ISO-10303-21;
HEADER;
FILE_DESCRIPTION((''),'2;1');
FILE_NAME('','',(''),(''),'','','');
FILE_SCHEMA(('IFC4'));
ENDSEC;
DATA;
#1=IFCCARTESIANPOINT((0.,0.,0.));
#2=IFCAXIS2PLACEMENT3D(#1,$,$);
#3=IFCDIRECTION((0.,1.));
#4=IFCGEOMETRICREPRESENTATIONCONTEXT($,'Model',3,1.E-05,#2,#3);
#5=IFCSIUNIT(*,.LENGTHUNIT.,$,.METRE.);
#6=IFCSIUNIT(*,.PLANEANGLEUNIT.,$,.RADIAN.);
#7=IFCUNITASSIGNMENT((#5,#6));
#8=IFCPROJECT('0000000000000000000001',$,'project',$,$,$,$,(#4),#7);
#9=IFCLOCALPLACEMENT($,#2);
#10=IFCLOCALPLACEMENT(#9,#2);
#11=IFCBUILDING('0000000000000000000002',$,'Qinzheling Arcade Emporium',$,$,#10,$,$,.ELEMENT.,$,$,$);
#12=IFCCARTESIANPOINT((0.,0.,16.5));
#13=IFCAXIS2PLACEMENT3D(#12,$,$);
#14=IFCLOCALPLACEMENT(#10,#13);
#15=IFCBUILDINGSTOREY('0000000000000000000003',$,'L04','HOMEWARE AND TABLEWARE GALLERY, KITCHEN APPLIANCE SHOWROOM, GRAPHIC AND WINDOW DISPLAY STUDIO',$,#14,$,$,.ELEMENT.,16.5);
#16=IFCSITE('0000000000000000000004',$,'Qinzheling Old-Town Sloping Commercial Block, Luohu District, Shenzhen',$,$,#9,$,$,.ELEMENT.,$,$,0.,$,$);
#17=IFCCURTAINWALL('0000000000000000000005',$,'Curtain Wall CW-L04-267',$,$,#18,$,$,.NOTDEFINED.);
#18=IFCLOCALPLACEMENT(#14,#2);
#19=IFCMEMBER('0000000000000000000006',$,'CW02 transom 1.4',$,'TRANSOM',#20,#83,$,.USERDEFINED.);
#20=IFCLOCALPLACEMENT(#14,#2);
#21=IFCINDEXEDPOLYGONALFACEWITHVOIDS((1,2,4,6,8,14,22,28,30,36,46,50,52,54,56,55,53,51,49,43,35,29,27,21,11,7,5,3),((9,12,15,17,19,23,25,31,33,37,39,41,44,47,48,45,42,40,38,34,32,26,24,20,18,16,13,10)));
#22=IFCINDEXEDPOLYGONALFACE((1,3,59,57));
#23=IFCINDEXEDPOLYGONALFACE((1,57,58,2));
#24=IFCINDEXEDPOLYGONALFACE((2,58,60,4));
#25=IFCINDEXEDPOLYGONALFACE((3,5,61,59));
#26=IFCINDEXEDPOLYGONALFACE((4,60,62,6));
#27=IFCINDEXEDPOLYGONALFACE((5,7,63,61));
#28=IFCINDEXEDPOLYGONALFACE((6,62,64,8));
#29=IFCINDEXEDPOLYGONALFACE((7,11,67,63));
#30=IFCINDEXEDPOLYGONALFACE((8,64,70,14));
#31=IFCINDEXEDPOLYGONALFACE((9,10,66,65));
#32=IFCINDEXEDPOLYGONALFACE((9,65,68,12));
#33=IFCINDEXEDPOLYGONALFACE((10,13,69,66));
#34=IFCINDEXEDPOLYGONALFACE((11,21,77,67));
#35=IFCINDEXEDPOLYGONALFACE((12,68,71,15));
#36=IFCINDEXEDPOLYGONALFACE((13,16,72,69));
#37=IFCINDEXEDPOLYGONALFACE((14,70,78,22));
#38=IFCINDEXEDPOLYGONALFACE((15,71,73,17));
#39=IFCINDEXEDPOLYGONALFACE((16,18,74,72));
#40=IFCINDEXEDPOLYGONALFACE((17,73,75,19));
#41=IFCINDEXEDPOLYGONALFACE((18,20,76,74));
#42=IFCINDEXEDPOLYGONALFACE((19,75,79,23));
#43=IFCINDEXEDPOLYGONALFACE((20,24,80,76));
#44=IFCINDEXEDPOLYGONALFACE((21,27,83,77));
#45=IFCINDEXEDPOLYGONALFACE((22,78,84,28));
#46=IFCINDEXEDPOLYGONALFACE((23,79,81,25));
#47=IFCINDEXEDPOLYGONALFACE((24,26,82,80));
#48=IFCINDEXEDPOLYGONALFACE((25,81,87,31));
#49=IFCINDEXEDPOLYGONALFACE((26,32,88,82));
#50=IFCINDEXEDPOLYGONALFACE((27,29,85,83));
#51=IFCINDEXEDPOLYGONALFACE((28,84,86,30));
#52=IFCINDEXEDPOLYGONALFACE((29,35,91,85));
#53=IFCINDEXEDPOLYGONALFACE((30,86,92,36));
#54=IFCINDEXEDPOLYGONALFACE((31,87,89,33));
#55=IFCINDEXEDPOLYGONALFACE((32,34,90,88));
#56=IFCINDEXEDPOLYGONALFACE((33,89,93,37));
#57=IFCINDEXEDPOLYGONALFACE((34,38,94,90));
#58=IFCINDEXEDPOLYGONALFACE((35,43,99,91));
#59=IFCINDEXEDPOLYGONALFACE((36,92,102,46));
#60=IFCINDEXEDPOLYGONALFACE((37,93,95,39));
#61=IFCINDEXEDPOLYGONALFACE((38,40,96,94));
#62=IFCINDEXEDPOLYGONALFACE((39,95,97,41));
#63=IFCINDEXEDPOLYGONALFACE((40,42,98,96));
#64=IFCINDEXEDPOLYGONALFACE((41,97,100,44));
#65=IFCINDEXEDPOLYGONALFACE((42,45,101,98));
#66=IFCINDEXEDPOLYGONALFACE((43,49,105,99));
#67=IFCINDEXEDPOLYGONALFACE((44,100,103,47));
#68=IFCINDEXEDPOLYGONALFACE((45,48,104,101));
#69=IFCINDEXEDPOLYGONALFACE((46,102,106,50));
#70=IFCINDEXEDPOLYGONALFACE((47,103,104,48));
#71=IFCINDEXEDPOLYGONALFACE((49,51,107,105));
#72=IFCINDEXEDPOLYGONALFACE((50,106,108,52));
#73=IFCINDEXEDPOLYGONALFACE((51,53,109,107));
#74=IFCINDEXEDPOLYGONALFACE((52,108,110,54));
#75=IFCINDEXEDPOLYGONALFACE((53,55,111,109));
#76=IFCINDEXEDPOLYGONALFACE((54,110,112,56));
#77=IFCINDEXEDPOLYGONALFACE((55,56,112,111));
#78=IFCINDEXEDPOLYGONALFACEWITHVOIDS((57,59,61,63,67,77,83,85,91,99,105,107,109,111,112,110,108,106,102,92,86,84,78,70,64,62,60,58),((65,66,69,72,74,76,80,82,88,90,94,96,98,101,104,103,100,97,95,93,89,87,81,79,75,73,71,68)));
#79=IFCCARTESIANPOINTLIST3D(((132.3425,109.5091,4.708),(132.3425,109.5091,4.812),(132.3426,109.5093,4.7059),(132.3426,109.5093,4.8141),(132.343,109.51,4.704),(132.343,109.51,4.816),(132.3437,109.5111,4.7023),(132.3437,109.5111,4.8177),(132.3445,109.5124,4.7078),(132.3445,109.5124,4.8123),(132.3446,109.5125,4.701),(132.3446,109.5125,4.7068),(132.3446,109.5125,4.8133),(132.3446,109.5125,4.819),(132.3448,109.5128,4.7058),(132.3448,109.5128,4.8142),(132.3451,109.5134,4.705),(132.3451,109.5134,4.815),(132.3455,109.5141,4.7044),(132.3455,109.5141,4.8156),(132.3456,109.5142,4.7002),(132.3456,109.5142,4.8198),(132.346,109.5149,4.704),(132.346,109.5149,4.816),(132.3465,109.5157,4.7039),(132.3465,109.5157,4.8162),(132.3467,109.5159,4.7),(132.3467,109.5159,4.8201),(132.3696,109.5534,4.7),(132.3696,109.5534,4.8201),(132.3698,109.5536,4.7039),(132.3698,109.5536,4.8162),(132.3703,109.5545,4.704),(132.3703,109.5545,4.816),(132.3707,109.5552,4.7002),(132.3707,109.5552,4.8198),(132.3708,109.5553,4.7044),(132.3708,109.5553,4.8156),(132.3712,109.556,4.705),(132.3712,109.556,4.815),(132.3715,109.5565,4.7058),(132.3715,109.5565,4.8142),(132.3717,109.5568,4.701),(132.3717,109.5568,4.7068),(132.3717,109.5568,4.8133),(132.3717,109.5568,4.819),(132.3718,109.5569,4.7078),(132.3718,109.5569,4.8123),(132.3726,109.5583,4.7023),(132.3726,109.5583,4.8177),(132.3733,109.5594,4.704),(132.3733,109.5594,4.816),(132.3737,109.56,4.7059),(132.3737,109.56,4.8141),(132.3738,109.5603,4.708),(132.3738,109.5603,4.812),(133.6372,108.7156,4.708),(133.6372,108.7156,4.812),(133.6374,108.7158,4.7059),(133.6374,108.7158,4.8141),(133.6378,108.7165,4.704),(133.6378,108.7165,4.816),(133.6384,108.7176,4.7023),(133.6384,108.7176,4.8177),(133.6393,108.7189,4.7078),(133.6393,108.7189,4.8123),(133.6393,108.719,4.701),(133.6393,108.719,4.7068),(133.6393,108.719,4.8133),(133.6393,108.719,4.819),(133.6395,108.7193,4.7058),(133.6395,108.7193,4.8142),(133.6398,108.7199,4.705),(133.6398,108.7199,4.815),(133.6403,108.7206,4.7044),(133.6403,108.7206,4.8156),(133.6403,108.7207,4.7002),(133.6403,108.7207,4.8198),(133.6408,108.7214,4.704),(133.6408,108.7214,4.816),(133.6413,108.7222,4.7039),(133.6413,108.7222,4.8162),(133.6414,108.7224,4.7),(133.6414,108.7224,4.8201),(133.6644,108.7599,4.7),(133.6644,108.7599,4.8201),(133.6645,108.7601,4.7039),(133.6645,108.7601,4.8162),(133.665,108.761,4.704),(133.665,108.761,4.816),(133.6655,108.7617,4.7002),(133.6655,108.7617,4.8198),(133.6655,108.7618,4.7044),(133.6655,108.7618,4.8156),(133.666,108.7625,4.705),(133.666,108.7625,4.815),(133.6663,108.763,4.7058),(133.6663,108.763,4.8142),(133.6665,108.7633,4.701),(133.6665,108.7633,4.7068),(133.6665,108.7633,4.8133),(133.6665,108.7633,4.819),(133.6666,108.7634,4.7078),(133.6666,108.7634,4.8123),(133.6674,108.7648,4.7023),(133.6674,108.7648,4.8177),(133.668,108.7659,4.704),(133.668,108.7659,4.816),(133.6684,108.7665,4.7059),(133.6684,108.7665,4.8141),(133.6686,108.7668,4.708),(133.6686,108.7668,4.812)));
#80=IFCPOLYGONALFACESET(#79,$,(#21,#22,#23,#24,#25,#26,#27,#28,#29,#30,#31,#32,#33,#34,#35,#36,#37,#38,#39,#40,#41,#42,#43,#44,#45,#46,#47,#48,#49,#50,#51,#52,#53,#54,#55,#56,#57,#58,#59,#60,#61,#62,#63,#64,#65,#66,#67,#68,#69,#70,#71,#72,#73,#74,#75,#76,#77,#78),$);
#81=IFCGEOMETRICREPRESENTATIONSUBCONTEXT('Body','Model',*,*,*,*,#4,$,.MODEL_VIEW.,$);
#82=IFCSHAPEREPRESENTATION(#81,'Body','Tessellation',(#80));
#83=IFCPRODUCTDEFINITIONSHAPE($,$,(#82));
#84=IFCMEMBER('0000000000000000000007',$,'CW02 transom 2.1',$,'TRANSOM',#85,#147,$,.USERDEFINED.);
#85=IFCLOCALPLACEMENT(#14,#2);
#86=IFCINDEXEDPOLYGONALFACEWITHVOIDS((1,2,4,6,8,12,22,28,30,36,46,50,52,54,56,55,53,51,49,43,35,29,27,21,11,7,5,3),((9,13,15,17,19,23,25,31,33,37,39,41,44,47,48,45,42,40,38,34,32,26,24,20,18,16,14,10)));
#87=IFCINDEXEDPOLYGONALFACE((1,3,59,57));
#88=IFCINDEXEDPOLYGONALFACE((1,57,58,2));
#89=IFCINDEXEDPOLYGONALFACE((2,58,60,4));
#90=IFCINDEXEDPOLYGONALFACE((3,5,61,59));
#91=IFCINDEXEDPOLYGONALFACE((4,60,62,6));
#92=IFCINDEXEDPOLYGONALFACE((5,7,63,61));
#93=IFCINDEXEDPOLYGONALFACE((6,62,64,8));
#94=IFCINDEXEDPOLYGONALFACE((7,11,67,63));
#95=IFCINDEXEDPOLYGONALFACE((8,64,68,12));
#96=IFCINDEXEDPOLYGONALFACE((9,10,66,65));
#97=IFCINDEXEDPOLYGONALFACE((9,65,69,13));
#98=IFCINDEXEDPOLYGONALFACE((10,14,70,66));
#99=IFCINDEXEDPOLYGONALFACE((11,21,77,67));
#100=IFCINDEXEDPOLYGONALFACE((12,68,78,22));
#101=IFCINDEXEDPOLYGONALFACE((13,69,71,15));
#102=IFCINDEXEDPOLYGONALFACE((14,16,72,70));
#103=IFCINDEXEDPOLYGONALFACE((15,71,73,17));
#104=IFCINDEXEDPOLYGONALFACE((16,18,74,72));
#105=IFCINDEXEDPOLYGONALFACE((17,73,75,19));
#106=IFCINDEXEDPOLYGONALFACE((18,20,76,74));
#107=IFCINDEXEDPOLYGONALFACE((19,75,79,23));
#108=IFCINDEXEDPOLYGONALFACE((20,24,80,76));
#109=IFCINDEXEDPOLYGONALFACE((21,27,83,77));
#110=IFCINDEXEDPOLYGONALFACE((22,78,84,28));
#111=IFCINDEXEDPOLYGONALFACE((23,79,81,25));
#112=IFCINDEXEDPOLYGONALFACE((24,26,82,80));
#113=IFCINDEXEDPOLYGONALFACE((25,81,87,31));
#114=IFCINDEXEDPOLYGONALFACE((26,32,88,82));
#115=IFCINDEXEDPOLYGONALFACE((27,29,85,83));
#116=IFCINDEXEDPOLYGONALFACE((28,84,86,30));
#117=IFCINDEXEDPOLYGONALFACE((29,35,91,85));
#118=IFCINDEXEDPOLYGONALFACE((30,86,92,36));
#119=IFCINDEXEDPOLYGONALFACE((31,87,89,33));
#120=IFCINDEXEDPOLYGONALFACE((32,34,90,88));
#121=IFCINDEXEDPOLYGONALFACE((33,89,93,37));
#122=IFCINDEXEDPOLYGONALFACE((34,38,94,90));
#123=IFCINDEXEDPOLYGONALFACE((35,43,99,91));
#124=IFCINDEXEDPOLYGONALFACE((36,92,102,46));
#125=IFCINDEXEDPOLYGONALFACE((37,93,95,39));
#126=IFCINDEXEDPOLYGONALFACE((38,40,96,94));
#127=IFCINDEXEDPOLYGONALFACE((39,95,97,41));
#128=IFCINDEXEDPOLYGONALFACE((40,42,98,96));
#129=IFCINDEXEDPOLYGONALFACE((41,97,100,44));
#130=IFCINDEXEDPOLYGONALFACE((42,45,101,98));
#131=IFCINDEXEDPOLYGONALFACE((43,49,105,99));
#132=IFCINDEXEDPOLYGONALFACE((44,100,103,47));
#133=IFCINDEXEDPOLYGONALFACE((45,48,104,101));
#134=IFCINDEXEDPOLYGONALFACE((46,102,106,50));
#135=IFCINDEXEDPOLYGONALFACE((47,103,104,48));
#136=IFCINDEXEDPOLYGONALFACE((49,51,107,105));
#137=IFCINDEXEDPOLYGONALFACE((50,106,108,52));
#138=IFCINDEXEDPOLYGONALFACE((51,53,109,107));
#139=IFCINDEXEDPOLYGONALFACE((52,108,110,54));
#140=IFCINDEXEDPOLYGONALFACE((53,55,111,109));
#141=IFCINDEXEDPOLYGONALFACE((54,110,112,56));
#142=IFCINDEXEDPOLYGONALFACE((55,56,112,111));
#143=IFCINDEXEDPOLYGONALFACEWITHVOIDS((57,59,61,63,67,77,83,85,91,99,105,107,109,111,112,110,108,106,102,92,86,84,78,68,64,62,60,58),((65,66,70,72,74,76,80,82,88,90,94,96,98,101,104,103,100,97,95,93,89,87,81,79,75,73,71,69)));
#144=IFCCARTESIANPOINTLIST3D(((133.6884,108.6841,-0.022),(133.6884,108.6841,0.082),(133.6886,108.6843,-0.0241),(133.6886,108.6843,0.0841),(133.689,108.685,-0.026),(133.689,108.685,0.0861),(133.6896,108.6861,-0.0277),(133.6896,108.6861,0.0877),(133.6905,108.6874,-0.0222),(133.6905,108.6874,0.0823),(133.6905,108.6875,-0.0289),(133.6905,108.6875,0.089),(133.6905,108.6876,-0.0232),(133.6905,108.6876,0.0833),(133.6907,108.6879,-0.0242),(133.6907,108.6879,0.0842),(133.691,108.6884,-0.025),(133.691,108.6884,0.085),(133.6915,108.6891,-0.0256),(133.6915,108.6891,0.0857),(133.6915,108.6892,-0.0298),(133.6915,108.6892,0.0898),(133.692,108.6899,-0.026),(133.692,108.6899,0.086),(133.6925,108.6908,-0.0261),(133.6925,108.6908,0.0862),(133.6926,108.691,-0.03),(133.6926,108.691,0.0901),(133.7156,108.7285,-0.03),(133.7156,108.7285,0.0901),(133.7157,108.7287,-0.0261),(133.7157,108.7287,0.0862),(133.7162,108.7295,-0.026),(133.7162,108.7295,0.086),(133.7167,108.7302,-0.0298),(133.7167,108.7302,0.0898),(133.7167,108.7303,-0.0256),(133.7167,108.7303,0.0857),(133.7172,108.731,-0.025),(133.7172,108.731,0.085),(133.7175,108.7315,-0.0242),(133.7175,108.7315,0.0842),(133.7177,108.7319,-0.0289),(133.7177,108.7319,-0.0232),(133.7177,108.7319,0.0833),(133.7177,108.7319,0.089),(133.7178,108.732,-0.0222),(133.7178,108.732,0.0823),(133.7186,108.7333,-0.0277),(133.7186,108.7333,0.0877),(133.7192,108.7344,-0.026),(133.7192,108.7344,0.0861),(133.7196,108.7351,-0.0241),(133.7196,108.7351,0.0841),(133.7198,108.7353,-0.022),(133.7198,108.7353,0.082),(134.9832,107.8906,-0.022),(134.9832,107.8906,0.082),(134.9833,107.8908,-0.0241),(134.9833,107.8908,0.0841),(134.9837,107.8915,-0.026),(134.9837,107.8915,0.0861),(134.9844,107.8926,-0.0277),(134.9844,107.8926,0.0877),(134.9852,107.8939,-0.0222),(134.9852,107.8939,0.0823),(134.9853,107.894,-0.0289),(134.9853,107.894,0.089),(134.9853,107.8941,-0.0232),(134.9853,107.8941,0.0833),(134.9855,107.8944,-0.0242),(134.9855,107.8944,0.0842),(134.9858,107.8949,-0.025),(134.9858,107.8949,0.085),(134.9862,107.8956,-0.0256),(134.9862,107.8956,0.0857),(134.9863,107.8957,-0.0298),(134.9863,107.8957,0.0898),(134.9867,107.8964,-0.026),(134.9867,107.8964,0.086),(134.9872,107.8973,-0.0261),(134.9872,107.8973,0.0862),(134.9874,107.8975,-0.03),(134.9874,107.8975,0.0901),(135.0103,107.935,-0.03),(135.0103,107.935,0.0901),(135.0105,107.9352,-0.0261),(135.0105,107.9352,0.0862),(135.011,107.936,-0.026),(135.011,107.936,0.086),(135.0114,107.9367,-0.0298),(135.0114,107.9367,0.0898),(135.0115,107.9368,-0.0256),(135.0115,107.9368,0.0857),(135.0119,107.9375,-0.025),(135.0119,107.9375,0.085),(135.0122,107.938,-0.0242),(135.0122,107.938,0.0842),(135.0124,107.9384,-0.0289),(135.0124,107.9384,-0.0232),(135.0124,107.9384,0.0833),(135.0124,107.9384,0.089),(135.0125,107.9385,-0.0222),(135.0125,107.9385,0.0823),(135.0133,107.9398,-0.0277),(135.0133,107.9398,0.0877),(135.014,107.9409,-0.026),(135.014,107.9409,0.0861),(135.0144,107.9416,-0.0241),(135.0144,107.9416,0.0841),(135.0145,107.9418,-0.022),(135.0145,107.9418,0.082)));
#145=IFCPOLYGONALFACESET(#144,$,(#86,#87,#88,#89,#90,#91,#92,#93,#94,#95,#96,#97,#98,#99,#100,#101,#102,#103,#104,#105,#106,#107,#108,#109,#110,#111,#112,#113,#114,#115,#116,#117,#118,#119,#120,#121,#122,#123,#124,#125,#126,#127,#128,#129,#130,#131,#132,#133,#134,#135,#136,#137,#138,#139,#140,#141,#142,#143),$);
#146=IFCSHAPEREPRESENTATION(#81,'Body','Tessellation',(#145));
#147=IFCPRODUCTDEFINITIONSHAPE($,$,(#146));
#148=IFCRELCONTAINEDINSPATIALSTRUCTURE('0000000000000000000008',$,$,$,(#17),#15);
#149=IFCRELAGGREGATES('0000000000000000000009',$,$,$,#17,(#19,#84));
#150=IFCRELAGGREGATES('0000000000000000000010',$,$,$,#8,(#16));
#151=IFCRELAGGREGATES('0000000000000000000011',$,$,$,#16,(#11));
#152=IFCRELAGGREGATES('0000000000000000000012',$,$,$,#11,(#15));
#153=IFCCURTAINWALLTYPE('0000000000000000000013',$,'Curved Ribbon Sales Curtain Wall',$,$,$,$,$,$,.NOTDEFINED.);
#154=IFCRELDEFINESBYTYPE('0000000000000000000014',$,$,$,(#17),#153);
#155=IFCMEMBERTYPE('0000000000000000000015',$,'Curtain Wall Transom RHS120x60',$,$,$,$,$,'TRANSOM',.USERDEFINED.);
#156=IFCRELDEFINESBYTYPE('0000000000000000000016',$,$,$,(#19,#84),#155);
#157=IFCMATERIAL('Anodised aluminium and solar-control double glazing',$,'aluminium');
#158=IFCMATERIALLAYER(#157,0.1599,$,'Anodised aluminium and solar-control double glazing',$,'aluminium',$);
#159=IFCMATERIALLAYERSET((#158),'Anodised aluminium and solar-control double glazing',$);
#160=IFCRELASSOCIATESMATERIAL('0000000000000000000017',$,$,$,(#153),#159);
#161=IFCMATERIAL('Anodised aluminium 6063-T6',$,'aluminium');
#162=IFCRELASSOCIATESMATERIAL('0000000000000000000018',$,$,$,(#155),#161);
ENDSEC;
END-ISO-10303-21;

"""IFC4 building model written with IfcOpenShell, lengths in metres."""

from ifc_helpers import new_model, si_unit, direction, frame, origin, origin_2d, place, context, subcontext, project, spatial, hollow_rectangle, extrude, material, layer, layer_set, material_profile, profile_set, type_object, element, aggregate, save


model = new_model("IFC4")

# Units and contexts
model_context = context("Model", 3, precision=1e-05, world=origin(), true_north=direction((0.0, 1.0)))
body_context = subcontext(model_context, "Body", "Model", "MODEL_VIEW")
ifc_project = project(units=[si_unit("LENGTHUNIT", "METRE"), si_unit("PLANEANGLEUNIT", "RADIAN")], contexts=[model_context])

# Site, building, storey
site_placement = place(None, origin())
site = spatial("IfcSite", under=ifc_project, at=site_placement, Name="Qinzheling Old-Town Sloping Commercial Block, Luohu District, Shenzhen", CompositionType="ELEMENT", RefElevation=0.0)
building_placement = place(site_placement, origin())
building = spatial("IfcBuilding", under=site, at=building_placement, Name="Qinzheling Arcade Emporium", CompositionType="ELEMENT")
storey_placement = place(building_placement, frame((0.0, 0.0, 16.5)))
storey = spatial("IfcBuildingStorey", under=building, at=storey_placement, Name="L04", Description="HOMEWARE AND TABLEWARE GALLERY, KITCHEN APPLIANCE SHOWROOM, GRAPHIC AND WINDOW DISPLAY STUDIO", CompositionType="ELEMENT", Elevation=16.5)

# Curtain wall
ifc_material_1 = material(Name="Anodised aluminium and solar-control double glazing", Category="aluminium")
ifc_layer_1 = layer(ifc_material_1, 0.1599, Name="Anodised aluminium and solar-control double glazing", Category="aluminium")
ifc_layer_set_1 = layer_set([ifc_layer_1], Name="Anodised aluminium and solar-control double glazing")
curtain_wall_type = type_object("IfcCurtainWallType", Name="Curved Ribbon Sales Curtain Wall", PredefinedType="NOTDEFINED", material=ifc_layer_set_1)
ifc_material_2 = material(Name="Anodised aluminium 6063-T6", Category="aluminium")
curtain_wall_1_placement = place(storey_placement, origin())
curtain_wall_1 = element("IfcCurtainWall", 1, at=curtain_wall_1_placement, inside=storey, type_object=curtain_wall_type, Name="Curtain Wall CW-L04-267", PredefinedType="NOTDEFINED")

# Members
ifc_material_profile_1 = material_profile(ifc_material_2, hollow_rectangle(XDim=0.0601, YDim=0.1201, WallThickness=0.0039, InnerFilletRadius=0.0039, OuterFilletRadius=0.0081, at=origin_2d()), Name="RHS 120x60x4", Category="aluminium")
ifc_profile_set_1 = profile_set([ifc_material_profile_1], Name="Anodised aluminium 6063-T6")
member_type_1 = type_object("IfcMemberType", Name="Curtain Wall Transom RHS120x60", ElementType="TRANSOM", PredefinedType="USERDEFINED", material=ifc_profile_set_1)
member_1_placement = place(storey_placement, frame((132.3582, 109.5347, 4.76), z_axis=(0.852617, -0.522536, 0.0), x_axis=(0.522536, 0.852617, 0.0)))
member_1 = element("IfcMember", 2, at=member_1_placement, type_object=member_type_1, Name="CW02 transom 1.4", ObjectType="TRANSOM", PredefinedType="USERDEFINED", context=body_context, shape_type="SweptSolid", body=[
    extrude(hollow_rectangle(XDim=0.0601, YDim=0.1201, WallThickness=0.0039, InnerFilletRadius=0.0039, OuterFilletRadius=0.0081, at=origin_2d()), origin(), (0.0, 0.0, 1.0), 1.5186),
])
member_2_placement = place(storey_placement, frame((133.7041, 108.7097, 0.03), z_axis=(0.852617, -0.522536, 0.0), x_axis=(0.522536, 0.852617, 0.0)))
member_2 = element("IfcMember", 3, at=member_2_placement, type_object=member_type_1, Name="CW02 transom 2.1", ObjectType="TRANSOM", PredefinedType="USERDEFINED", context=body_context, shape_type="SweptSolid", body=[
    extrude(hollow_rectangle(XDim=0.0601, YDim=0.1201, WallThickness=0.0039, InnerFilletRadius=0.0039, OuterFilletRadius=0.0081, at=origin_2d()), origin(), (0.0, 0.0, 1.0), 1.5186),
])

aggregate(curtain_wall_1, [member_1, member_2])

save(model, "model.ifc")
